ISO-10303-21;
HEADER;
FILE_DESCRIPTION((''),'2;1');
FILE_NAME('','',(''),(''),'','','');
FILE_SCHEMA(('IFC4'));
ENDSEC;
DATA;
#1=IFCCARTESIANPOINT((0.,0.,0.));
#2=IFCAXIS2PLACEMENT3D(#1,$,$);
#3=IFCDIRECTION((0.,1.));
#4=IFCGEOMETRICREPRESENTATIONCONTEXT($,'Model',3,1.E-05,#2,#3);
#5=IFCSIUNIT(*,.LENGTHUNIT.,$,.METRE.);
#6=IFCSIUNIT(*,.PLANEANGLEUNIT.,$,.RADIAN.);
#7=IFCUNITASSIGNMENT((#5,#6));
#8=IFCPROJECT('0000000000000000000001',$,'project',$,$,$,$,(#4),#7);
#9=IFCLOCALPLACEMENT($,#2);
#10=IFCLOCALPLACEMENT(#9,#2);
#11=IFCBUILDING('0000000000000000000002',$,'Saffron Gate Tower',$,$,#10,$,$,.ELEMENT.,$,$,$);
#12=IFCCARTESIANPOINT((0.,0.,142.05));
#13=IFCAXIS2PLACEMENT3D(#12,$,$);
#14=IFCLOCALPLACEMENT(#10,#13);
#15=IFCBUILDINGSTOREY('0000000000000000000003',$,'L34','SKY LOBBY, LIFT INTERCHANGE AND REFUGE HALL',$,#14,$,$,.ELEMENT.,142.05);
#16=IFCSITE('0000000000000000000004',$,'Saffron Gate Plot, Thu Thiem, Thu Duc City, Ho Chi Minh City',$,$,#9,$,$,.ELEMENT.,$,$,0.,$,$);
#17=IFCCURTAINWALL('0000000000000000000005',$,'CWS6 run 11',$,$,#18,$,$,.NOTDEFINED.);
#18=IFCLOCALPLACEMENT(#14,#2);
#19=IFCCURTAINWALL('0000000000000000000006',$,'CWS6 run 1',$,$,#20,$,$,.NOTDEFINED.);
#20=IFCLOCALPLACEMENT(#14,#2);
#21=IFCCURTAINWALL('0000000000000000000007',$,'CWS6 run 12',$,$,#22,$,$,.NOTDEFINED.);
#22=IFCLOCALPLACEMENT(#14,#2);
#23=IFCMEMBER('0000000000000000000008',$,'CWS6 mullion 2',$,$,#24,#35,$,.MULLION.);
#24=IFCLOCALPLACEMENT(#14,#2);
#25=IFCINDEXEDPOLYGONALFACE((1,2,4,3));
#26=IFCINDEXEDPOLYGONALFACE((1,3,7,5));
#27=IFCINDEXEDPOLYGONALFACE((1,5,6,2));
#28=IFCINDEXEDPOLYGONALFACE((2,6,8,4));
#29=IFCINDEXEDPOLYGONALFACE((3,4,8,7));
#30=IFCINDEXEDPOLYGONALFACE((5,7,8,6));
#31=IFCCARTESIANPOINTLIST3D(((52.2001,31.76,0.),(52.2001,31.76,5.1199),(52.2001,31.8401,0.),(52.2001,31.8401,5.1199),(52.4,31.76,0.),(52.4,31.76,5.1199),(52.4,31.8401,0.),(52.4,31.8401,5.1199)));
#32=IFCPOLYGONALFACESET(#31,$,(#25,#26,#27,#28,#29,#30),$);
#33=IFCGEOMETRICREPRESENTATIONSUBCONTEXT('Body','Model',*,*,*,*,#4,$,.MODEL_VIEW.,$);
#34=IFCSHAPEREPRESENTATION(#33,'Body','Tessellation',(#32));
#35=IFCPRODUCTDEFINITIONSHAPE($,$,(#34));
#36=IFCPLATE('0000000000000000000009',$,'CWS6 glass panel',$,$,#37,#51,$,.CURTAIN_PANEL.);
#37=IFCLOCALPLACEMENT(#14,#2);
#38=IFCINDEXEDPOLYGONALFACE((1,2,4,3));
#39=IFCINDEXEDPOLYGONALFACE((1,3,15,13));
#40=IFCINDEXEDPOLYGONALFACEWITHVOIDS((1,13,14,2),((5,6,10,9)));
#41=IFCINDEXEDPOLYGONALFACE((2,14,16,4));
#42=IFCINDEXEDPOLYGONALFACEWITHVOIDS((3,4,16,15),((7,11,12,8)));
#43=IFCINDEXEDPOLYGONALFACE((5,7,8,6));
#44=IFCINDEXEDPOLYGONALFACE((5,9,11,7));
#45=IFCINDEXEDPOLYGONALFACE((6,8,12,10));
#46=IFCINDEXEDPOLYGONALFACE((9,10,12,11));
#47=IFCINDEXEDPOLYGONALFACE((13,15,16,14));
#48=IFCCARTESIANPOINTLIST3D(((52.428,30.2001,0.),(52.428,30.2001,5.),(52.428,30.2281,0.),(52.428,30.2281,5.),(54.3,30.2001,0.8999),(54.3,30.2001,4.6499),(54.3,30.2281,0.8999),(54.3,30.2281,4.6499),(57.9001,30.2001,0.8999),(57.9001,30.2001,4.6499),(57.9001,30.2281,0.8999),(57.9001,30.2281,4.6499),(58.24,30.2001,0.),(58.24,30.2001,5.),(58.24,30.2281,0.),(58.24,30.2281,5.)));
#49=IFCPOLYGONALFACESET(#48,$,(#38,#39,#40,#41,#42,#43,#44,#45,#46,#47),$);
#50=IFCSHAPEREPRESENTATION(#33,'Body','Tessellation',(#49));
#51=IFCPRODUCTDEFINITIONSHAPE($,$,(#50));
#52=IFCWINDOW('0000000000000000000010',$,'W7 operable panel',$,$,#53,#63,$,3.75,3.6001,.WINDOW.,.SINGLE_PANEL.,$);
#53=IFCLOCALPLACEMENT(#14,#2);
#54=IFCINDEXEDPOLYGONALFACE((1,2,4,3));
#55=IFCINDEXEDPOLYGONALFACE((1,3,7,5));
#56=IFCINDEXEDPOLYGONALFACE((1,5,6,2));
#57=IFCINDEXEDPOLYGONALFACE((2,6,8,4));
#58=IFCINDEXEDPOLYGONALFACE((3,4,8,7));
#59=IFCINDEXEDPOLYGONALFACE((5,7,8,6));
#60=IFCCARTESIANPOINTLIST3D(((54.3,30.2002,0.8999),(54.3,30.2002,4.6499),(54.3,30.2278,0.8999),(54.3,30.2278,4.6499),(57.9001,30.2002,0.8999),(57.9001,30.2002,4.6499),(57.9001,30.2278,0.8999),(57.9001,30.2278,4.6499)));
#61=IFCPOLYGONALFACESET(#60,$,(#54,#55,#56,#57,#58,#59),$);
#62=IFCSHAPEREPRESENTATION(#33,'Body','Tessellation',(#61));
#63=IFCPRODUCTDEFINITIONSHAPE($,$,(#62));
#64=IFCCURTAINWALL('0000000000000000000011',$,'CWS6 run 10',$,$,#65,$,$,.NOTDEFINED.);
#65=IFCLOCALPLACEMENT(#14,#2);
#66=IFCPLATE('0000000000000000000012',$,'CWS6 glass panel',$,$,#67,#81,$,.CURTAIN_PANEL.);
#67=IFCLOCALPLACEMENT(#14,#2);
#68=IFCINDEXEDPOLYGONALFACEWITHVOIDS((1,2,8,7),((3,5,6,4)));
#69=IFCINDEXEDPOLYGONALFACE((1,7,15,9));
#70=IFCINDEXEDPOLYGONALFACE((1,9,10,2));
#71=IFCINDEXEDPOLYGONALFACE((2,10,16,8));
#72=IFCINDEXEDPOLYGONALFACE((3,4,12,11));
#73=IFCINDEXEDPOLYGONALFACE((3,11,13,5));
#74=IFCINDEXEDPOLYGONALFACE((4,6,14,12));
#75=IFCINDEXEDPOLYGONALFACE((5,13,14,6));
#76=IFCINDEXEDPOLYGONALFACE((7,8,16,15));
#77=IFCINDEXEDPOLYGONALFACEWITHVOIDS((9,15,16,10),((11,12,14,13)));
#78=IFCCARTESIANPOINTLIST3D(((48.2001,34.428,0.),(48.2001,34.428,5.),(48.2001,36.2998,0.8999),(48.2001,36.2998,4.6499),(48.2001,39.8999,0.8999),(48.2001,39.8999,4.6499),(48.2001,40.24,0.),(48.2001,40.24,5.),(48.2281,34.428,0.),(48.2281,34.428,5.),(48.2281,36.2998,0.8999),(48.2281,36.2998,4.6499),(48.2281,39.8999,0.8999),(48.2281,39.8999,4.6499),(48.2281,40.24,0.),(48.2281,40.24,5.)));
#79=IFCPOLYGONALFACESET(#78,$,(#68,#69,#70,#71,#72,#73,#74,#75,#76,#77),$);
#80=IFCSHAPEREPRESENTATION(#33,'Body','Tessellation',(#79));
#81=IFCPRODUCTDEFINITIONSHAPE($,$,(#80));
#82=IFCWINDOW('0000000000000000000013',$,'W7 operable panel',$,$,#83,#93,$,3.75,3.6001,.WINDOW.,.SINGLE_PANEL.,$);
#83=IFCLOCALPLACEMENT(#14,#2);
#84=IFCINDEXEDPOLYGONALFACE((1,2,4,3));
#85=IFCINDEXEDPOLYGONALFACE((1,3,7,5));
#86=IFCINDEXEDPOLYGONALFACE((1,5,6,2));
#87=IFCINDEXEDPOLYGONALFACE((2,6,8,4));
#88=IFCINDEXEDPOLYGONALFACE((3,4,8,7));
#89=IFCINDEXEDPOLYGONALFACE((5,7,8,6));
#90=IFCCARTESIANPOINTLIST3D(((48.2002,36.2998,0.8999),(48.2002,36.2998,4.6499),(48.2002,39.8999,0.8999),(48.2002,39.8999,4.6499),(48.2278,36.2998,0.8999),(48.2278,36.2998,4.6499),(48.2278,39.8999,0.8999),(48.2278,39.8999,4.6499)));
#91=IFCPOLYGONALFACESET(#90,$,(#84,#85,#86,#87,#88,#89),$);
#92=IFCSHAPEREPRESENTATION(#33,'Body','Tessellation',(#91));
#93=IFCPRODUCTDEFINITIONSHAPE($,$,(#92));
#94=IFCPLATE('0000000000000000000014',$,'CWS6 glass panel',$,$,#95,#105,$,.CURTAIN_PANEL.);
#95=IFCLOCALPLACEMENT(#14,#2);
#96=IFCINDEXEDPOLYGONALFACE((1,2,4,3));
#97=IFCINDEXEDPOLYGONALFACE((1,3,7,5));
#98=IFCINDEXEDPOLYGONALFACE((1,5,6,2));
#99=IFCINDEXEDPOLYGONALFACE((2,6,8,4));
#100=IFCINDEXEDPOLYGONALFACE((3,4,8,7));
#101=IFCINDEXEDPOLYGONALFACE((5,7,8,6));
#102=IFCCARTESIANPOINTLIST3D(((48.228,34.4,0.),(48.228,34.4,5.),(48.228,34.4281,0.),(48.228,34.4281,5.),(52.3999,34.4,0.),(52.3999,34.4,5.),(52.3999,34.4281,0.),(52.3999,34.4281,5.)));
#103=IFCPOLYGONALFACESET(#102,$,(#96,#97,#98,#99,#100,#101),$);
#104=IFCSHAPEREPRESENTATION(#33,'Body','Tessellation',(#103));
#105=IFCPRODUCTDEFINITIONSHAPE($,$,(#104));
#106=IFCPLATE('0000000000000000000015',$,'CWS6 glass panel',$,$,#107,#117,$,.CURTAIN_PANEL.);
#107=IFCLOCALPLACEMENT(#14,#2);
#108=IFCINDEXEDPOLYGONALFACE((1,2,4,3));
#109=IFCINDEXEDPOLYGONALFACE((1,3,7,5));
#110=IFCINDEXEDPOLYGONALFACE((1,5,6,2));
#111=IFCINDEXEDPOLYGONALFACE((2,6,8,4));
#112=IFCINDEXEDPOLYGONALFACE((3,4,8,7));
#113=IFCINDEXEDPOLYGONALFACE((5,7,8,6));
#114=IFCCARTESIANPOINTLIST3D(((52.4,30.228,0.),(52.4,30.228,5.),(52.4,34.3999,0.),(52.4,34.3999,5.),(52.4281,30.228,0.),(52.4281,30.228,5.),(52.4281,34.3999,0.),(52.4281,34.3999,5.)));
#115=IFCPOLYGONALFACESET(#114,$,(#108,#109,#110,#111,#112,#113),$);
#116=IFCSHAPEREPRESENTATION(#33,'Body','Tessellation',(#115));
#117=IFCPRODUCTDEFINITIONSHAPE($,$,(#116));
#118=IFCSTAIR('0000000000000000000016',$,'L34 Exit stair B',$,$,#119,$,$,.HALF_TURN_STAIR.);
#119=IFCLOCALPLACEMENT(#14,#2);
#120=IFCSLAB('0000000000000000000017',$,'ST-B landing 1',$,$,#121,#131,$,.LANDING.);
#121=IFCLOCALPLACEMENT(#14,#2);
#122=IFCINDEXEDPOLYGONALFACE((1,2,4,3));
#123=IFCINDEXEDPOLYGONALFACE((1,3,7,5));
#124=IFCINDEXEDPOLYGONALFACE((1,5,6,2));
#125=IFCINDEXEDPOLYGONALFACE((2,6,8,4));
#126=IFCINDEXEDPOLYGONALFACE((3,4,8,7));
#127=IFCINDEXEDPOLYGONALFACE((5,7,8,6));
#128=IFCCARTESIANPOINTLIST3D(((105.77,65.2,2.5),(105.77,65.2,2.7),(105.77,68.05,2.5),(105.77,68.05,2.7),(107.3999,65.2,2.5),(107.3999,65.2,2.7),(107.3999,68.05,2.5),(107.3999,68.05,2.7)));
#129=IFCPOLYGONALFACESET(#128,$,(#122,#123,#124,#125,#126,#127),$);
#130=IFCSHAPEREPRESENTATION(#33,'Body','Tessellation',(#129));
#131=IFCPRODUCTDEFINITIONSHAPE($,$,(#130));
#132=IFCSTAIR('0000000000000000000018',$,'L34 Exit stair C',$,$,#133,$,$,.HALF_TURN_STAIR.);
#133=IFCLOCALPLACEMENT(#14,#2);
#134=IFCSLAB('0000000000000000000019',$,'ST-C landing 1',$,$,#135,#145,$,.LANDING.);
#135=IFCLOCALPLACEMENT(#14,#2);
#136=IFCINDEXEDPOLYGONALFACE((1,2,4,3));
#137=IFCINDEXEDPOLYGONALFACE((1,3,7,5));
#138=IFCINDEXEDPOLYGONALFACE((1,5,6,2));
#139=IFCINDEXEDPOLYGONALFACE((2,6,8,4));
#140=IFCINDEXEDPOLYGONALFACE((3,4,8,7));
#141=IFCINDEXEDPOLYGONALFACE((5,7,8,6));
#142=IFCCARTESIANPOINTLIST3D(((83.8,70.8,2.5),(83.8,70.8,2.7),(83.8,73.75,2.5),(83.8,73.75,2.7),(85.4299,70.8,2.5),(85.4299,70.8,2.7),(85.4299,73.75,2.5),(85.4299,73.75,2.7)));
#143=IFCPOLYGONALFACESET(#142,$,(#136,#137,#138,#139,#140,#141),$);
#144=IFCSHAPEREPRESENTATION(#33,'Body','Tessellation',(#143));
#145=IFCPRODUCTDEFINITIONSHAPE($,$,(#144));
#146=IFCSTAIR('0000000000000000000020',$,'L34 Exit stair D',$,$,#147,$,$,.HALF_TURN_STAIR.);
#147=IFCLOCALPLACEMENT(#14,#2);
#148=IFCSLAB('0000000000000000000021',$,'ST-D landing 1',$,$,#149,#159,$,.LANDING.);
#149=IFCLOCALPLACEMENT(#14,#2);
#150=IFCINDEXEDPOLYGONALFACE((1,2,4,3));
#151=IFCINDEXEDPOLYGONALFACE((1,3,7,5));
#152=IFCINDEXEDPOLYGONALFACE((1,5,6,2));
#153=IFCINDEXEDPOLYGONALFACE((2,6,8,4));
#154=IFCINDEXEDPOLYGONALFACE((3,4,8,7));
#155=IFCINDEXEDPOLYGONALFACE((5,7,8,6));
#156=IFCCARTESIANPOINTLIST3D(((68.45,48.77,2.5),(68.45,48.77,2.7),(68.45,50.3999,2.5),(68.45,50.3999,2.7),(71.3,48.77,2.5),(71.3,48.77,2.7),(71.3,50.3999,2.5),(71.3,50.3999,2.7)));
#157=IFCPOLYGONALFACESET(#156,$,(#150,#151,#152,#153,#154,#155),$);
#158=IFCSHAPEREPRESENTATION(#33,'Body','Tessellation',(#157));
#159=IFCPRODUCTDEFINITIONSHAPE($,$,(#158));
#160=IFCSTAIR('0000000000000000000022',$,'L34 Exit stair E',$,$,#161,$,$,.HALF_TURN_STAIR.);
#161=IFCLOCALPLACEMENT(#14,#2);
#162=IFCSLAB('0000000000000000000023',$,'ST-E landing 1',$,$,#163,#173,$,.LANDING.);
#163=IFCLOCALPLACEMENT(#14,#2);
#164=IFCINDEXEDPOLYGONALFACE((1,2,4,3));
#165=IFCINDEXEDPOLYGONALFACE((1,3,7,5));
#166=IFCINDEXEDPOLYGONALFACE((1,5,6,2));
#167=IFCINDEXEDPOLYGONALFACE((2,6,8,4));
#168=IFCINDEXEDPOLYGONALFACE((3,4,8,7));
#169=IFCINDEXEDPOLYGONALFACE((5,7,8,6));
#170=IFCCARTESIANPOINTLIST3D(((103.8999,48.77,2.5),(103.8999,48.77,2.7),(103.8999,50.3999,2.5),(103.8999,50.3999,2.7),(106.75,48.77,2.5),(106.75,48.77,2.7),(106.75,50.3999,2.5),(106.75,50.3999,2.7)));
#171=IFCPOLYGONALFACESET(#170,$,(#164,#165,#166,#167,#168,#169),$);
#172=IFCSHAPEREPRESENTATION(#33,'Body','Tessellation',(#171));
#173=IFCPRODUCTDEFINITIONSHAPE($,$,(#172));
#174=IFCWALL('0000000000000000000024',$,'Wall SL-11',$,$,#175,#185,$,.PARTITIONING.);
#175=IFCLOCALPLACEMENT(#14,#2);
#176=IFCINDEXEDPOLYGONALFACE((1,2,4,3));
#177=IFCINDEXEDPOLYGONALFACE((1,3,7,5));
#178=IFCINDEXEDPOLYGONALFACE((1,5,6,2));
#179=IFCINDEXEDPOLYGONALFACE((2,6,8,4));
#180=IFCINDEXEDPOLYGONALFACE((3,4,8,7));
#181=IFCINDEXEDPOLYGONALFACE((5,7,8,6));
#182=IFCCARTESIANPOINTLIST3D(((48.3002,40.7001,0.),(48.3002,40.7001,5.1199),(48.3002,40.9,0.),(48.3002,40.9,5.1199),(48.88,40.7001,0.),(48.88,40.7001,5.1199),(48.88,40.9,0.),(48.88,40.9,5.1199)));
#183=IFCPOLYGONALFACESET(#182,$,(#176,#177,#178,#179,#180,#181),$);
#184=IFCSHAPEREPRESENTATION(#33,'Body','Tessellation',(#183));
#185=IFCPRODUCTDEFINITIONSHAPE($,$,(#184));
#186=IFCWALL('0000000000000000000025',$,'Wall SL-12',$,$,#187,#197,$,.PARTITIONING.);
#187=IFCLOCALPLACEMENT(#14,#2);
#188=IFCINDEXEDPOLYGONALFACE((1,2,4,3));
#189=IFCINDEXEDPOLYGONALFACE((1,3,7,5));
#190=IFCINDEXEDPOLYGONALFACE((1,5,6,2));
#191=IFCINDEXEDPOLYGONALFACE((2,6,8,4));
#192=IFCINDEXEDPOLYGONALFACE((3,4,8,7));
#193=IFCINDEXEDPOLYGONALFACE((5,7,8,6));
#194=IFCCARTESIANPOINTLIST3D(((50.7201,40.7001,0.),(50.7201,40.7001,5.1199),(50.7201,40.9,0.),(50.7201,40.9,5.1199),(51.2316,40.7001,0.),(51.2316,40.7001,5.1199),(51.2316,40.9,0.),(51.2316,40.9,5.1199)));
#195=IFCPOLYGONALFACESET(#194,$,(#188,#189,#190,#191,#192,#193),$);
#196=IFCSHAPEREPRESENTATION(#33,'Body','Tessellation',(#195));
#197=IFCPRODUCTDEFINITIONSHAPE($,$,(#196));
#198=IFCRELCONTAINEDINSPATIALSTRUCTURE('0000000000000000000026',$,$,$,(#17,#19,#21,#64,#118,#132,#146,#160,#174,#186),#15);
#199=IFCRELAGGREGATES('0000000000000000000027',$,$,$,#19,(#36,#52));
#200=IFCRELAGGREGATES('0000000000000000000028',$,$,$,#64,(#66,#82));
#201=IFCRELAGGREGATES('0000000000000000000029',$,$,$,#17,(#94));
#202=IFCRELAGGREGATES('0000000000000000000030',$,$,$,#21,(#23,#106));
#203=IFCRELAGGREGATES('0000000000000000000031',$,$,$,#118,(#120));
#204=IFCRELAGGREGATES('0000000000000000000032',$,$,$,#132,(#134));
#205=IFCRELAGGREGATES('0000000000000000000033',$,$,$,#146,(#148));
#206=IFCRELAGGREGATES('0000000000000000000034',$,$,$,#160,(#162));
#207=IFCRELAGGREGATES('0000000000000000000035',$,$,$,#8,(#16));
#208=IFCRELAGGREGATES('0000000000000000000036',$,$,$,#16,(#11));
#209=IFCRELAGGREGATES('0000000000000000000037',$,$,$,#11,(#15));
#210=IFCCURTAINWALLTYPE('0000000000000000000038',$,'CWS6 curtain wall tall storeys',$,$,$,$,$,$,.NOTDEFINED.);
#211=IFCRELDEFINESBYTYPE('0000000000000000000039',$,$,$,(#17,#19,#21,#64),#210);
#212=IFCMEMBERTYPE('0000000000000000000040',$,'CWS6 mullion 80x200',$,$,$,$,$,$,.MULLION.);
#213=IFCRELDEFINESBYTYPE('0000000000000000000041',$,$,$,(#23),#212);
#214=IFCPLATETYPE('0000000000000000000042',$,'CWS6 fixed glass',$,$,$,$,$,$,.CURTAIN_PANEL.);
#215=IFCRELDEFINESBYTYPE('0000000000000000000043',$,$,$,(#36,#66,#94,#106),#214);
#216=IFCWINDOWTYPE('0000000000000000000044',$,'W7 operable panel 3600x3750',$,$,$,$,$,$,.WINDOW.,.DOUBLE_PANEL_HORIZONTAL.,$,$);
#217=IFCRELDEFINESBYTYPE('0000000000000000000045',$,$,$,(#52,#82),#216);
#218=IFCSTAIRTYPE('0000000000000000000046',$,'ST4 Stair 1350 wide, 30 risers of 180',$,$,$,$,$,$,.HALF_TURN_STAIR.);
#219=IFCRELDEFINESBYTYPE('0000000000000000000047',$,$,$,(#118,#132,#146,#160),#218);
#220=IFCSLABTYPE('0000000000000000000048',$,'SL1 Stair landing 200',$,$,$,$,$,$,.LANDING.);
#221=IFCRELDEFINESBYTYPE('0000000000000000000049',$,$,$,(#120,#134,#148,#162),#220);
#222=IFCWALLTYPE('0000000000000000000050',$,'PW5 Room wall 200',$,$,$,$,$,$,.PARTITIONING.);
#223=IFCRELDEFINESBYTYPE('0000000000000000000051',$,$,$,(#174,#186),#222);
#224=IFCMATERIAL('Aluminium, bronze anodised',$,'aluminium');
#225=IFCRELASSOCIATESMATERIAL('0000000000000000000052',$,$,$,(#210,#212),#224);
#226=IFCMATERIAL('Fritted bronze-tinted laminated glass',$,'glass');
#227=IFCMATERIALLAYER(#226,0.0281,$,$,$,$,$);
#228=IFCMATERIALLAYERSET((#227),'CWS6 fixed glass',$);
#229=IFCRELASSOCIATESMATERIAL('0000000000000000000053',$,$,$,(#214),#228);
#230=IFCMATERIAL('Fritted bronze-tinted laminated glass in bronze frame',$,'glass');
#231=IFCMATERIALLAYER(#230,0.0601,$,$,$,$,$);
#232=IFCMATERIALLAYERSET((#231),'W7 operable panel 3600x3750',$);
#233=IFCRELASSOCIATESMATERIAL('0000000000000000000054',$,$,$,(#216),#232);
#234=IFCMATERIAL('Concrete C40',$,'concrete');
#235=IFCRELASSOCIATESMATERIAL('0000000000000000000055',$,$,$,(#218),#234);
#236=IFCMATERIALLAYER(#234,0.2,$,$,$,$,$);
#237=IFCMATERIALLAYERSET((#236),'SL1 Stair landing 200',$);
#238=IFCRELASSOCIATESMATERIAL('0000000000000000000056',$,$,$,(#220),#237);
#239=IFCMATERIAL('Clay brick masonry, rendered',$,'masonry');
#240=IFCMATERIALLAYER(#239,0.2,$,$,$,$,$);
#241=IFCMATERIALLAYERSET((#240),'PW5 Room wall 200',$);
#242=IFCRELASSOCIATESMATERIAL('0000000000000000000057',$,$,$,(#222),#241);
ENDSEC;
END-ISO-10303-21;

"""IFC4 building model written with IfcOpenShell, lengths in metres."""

from ifc_helpers import new_model, si_unit, direction, frame, frame_2d, origin, origin_2d, place, context, subcontext, project, spatial, polyline, rectangle, outline, extrude, material, layer, layer_set, material_profile, profile_set, type_object, element, fill, aggregate, save


model = new_model("IFC4")

# Units and contexts
model_context = context("Model", 3, precision=1e-05, world=origin(), true_north=direction((0.0, 1.0)))
body_context = subcontext(model_context, "Body", "Model", "MODEL_VIEW")
ifc_project = project(units=[si_unit("LENGTHUNIT", "METRE"), si_unit("PLANEANGLEUNIT", "RADIAN")], contexts=[model_context])

# Site, building, storey
site_placement = place(None, origin())
site = spatial("IfcSite", under=ifc_project, at=site_placement, Name="Saffron Gate Plot, Thu Thiem, Thu Duc City, Ho Chi Minh City", CompositionType="ELEMENT", RefElevation=0.0)
building_placement = place(site_placement, origin())
building = spatial("IfcBuilding", under=site, at=building_placement, Name="Saffron Gate Tower", CompositionType="ELEMENT")
storey_placement = place(building_placement, frame((0.0, 0.0, 142.05)))
storey = spatial("IfcBuildingStorey", under=building, at=storey_placement, Name="L34", Description="SKY LOBBY, LIFT INTERCHANGE AND REFUGE HALL", CompositionType="ELEMENT", Elevation=142.05)

# Curtain walls
ifc_material_1 = material(Name="Aluminium, bronze anodised", Category="aluminium")
curtain_wall_type = type_object("IfcCurtainWallType", Name="CWS6 curtain wall tall storeys", PredefinedType="NOTDEFINED", material=ifc_material_1)
curtain_wall_1_placement = place(storey_placement, origin())
curtain_wall_1 = element("IfcCurtainWall", 1, at=curtain_wall_1_placement, inside=storey, type_object=curtain_wall_type, Name="CWS6 run 11", PredefinedType="NOTDEFINED")
curtain_wall_2_placement = place(storey_placement, origin())
curtain_wall_2 = element("IfcCurtainWall", 2, at=curtain_wall_2_placement, inside=storey, type_object=curtain_wall_type, Name="CWS6 run 1", PredefinedType="NOTDEFINED")
ifc_material_profile_1 = material_profile(ifc_material_1, rectangle(XDim=0.2, YDim=0.0801, at=origin_2d()))
ifc_profile_set_1 = profile_set([ifc_material_profile_1], Name="Aluminium, bronze anodised")
member_type_1 = type_object("IfcMemberType", Name="CWS6 mullion 80x200", PredefinedType="MULLION", material=ifc_profile_set_1)

# Curtain wall, member
curtain_wall_3_placement = place(storey_placement, origin())
curtain_wall_3 = element("IfcCurtainWall", 3, at=curtain_wall_3_placement, inside=storey, type_object=curtain_wall_type, Name="CWS6 run 12", PredefinedType="NOTDEFINED")
member_1_placement = place(storey_placement, frame((52.3, 31.8, 0.0), z_axis=(0.0, 0.0, 1.0), x_axis=(1.0, 0.0, 0.0)))
member_1 = element("IfcMember", 4, at=member_1_placement, type_object=member_type_1, Name="CWS6 mullion 2", PredefinedType="MULLION", context=body_context, shape_type="SweptSolid", body=[
    extrude(rectangle(XDim=0.2, YDim=0.0801, at=origin_2d()), origin(), (0.0, 0.0, 1.0), 5.1199),
])

# Plate, opening, window
ifc_material_2 = material(Name="Fritted bronze-tinted laminated glass", Category="glass")
ifc_layer_1 = layer(ifc_material_2, 0.0281)
ifc_layer_set_1 = layer_set([ifc_layer_1], Name="CWS6 fixed glass")
plate_type = type_object("IfcPlateType", Name="CWS6 fixed glass", PredefinedType="CURTAIN_PANEL", material=ifc_layer_set_1)
plate_1_placement = place(storey_placement, frame((52.428, 30.2141, 0.0), z_axis=(0.0, 0.0, 1.0), x_axis=(1.0, 0.0, 0.0)))
plate_1 = element("IfcPlate", 5, at=plate_1_placement, type_object=plate_type, Name="CWS6 glass panel", PredefinedType="CURTAIN_PANEL", context=body_context, shape_type="SweptSolid", body=[
    extrude(rectangle(XDim=5.812, YDim=0.0281, at=frame_2d((2.906, 0.0))), origin(), (0.0, 0.0, 1.0), 5.0),
])
opening_1_placement = place(plate_1_placement, frame((1.8721, 0.0, 0.8999)))
opening_1 = element("IfcOpeningElement", 6, at=opening_1_placement, cuts=plate_1, PredefinedType="OPENING", context=body_context, shape_type="SweptSolid", body=[
    extrude(rectangle(XDim=3.6001, YDim=3.75, at=frame_2d((1.8, 1.875))), frame((0.0, 0.0239, 0.0), z_axis=(0.0, -1.0, 0.0), x_axis=(1.0, 0.0, 0.0)), (0.0, 0.0, 1.0), 0.0481),
])
ifc_material_3 = material(Name="Fritted bronze-tinted laminated glass in bronze frame", Category="glass")
ifc_layer_2 = layer(ifc_material_3, 0.0601)
ifc_layer_set_2 = layer_set([ifc_layer_2], Name="W7 operable panel 3600x3750")
window_type = type_object("IfcWindowType", Name="W7 operable panel 3600x3750", PartitioningType="DOUBLE_PANEL_HORIZONTAL", PredefinedType="WINDOW", material=ifc_layer_set_2)
window_1_placement = place(opening_1_placement, origin())
window_1 = element("IfcWindow", 7, at=window_1_placement, type_object=window_type, Name="W7 operable panel", OverallHeight=3.75, OverallWidth=3.6001, PartitioningType="SINGLE_PANEL", PredefinedType="WINDOW", context=body_context, shape_type="SweptSolid", body=[
    extrude(rectangle(XDim=3.6001, YDim=3.75, at=frame_2d((1.8, 1.875))), frame((0.0, 0.0137, 0.0), z_axis=(0.0, -1.0, 0.0), x_axis=(1.0, 0.0, 0.0)), (0.0, 0.0, 1.0), 0.0276),
])
fill(opening_1, window_1)
aggregate(curtain_wall_2, [plate_1, window_1])

# Curtain wall, plate, opening, window
curtain_wall_4_placement = place(storey_placement, origin())
curtain_wall_4 = element("IfcCurtainWall", 8, at=curtain_wall_4_placement, inside=storey, type_object=curtain_wall_type, Name="CWS6 run 10", PredefinedType="NOTDEFINED")
plate_2_placement = place(storey_placement, frame((48.2141, 40.24, 0.0), z_axis=(0.0, 0.0, 1.0), x_axis=(0.0, -1.0, 0.0)))
plate_2 = element("IfcPlate", 9, at=plate_2_placement, type_object=plate_type, Name="CWS6 glass panel", PredefinedType="CURTAIN_PANEL", context=body_context, shape_type="SweptSolid", body=[
    extrude(rectangle(XDim=5.812, YDim=0.0281, at=frame_2d((2.906, 0.0))), origin(), (0.0, 0.0, 1.0), 5.0),
])
opening_2_placement = place(plate_2_placement, frame((0.3401, 0.0, 0.8999)))
opening_2 = element("IfcOpeningElement", 10, at=opening_2_placement, cuts=plate_2, PredefinedType="OPENING", context=body_context, shape_type="SweptSolid", body=[
    extrude(rectangle(XDim=3.6001, YDim=3.75, at=frame_2d((1.8, 1.875))), frame((0.0, 0.0239, 0.0), z_axis=(0.0, -1.0, 0.0), x_axis=(1.0, 0.0, 0.0)), (0.0, 0.0, 1.0), 0.0481),
])
window_2_placement = place(opening_2_placement, origin())
window_2 = element("IfcWindow", 11, at=window_2_placement, type_object=window_type, Name="W7 operable panel", OverallHeight=3.75, OverallWidth=3.6001, PartitioningType="SINGLE_PANEL", PredefinedType="WINDOW", context=body_context, shape_type="SweptSolid", body=[
    extrude(rectangle(XDim=3.6001, YDim=3.75, at=frame_2d((1.8, 1.875))), frame((0.0, 0.0137, 0.0), z_axis=(0.0, -1.0, 0.0), x_axis=(1.0, 0.0, 0.0)), (0.0, 0.0, 1.0), 0.0276),
])
fill(opening_2, window_2)
aggregate(curtain_wall_4, [plate_2, window_2])

# Plates
plate_3_placement = place(storey_placement, frame((48.228, 34.4141, 0.0), z_axis=(0.0, 0.0, 1.0), x_axis=(1.0, 0.0, 0.0)))
plate_3 = element("IfcPlate", 12, at=plate_3_placement, type_object=plate_type, Name="CWS6 glass panel", PredefinedType="CURTAIN_PANEL", context=body_context, shape_type="SweptSolid", body=[
    extrude(rectangle(XDim=4.1719, YDim=0.0281, at=frame_2d((2.0859, 0.0))), origin(), (0.0, 0.0, 1.0), 5.0),
])
aggregate(curtain_wall_1, [plate_3])
plate_4_placement = place(storey_placement, frame((52.4141, 34.3999, 0.0), z_axis=(0.0, 0.0, 1.0), x_axis=(0.0, -1.0, 0.0)))
plate_4 = element("IfcPlate", 13, at=plate_4_placement, type_object=plate_type, Name="CWS6 glass panel", PredefinedType="CURTAIN_PANEL", context=body_context, shape_type="SweptSolid", body=[
    extrude(rectangle(XDim=4.1719, YDim=0.0281, at=frame_2d((2.0859, 0.0))), origin(), (0.0, 0.0, 1.0), 5.0),
])
aggregate(curtain_wall_3, [member_1, plate_4])

# Stairs, slabs
ifc_material_4 = material(Name="Concrete C40", Category="concrete")
stair_type = type_object("IfcStairType", Name="ST4 Stair 1350 wide, 30 risers of 180", PredefinedType="HALF_TURN_STAIR", material=ifc_material_4)
stair_1_placement = place(storey_placement, origin())
stair_1 = element("IfcStair", 14, at=stair_1_placement, inside=storey, type_object=stair_type, Name="L34 Exit stair B", PredefinedType="HALF_TURN_STAIR")
ifc_layer_3 = layer(ifc_material_4, 0.2)
ifc_layer_set_3 = layer_set([ifc_layer_3], Name="SL1 Stair landing 200")
slab_type = type_object("IfcSlabType", Name="SL1 Stair landing 200", PredefinedType="LANDING", material=ifc_layer_set_3)
slab_1_placement = place(storey_placement, frame((0.0, 0.0, 2.5)))
slab_1 = element("IfcSlab", 15, at=slab_1_placement, type_object=slab_type, Name="ST-B landing 1", PredefinedType="LANDING", context=body_context, shape_type="SweptSolid", body=[
    extrude(outline(polyline([(105.77, 65.2), (107.3999, 65.2), (107.3999, 68.05), (105.77, 68.05), (105.77, 65.2)])), origin(), (0.0, 0.0, 1.0), 0.2),
])
aggregate(stair_1, [slab_1])
stair_2_placement = place(storey_placement, origin())
stair_2 = element("IfcStair", 16, at=stair_2_placement, inside=storey, type_object=stair_type, Name="L34 Exit stair C", PredefinedType="HALF_TURN_STAIR")
slab_2_placement = place(storey_placement, frame((0.0, 0.0, 2.5)))
slab_2 = element("IfcSlab", 17, at=slab_2_placement, type_object=slab_type, Name="ST-C landing 1", PredefinedType="LANDING", context=body_context, shape_type="SweptSolid", body=[
    extrude(outline(polyline([(85.4299, 73.75), (83.8, 73.75), (83.8, 70.8), (85.4299, 70.8), (85.4299, 73.75)])), origin(), (0.0, 0.0, 1.0), 0.2),
])
aggregate(stair_2, [slab_2])
stair_3_placement = place(storey_placement, origin())
stair_3 = element("IfcStair", 18, at=stair_3_placement, inside=storey, type_object=stair_type, Name="L34 Exit stair D", PredefinedType="HALF_TURN_STAIR")
slab_3_placement = place(storey_placement, frame((0.0, 0.0, 2.5)))
slab_3 = element("IfcSlab", 19, at=slab_3_placement, type_object=slab_type, Name="ST-D landing 1", PredefinedType="LANDING", context=body_context, shape_type="SweptSolid", body=[
    extrude(outline(polyline([(71.3, 48.77), (71.3, 50.3999), (68.45, 50.3999), (68.45, 48.77), (71.3, 48.77)])), origin(), (0.0, 0.0, 1.0), 0.2),
])
aggregate(stair_3, [slab_3])
stair_4_placement = place(storey_placement, origin())
stair_4 = element("IfcStair", 20, at=stair_4_placement, inside=storey, type_object=stair_type, Name="L34 Exit stair E", PredefinedType="HALF_TURN_STAIR")
slab_4_placement = place(storey_placement, frame((0.0, 0.0, 2.5)))
slab_4 = element("IfcSlab", 21, at=slab_4_placement, type_object=slab_type, Name="ST-E landing 1", PredefinedType="LANDING", context=body_context, shape_type="SweptSolid", body=[
    extrude(outline(polyline([(106.75, 48.77), (106.75, 50.3999), (103.8999, 50.3999), (103.8999, 48.77), (106.75, 48.77)])), origin(), (0.0, 0.0, 1.0), 0.2),
])
aggregate(stair_4, [slab_4])

# Walls
ifc_material_5 = material(Name="Clay brick masonry, rendered", Category="masonry")
ifc_layer_4 = layer(ifc_material_5, 0.2)
ifc_layer_set_4 = layer_set([ifc_layer_4], Name="PW5 Room wall 200")
wall_type = type_object("IfcWallType", Name="PW5 Room wall 200", PredefinedType="PARTITIONING", material=ifc_layer_set_4)
wall_1_placement = place(storey_placement, frame((48.3, 40.8, 0.0), z_axis=(0.0, 0.0, 1.0), x_axis=(1.0, 0.0, 0.0)))
element("IfcWall", 22, at=wall_1_placement, inside=storey, type_object=wall_type, Name="Wall SL-11", PredefinedType="PARTITIONING", context=body_context, shape_type="SweptSolid", body=[
    extrude(rectangle(XDim=0.5798, YDim=0.2, at=frame_2d((0.29, 0.0))), origin(), (0.0, 0.0, 1.0), 5.1199),
])
wall_2_placement = place(storey_placement, frame((50.72, 40.8, 0.0), z_axis=(0.0, 0.0, 1.0), x_axis=(1.0, 0.0, 0.0)))
element("IfcWall", 23, at=wall_2_placement, inside=storey, type_object=wall_type, Name="Wall SL-12", PredefinedType="PARTITIONING", context=body_context, shape_type="SweptSolid", body=[
    extrude(rectangle(XDim=0.5115, YDim=0.2, at=frame_2d((0.2559, 0.0))), origin(), (0.0, 0.0, 1.0), 5.1199),
])

save(model, "model.ifc")
